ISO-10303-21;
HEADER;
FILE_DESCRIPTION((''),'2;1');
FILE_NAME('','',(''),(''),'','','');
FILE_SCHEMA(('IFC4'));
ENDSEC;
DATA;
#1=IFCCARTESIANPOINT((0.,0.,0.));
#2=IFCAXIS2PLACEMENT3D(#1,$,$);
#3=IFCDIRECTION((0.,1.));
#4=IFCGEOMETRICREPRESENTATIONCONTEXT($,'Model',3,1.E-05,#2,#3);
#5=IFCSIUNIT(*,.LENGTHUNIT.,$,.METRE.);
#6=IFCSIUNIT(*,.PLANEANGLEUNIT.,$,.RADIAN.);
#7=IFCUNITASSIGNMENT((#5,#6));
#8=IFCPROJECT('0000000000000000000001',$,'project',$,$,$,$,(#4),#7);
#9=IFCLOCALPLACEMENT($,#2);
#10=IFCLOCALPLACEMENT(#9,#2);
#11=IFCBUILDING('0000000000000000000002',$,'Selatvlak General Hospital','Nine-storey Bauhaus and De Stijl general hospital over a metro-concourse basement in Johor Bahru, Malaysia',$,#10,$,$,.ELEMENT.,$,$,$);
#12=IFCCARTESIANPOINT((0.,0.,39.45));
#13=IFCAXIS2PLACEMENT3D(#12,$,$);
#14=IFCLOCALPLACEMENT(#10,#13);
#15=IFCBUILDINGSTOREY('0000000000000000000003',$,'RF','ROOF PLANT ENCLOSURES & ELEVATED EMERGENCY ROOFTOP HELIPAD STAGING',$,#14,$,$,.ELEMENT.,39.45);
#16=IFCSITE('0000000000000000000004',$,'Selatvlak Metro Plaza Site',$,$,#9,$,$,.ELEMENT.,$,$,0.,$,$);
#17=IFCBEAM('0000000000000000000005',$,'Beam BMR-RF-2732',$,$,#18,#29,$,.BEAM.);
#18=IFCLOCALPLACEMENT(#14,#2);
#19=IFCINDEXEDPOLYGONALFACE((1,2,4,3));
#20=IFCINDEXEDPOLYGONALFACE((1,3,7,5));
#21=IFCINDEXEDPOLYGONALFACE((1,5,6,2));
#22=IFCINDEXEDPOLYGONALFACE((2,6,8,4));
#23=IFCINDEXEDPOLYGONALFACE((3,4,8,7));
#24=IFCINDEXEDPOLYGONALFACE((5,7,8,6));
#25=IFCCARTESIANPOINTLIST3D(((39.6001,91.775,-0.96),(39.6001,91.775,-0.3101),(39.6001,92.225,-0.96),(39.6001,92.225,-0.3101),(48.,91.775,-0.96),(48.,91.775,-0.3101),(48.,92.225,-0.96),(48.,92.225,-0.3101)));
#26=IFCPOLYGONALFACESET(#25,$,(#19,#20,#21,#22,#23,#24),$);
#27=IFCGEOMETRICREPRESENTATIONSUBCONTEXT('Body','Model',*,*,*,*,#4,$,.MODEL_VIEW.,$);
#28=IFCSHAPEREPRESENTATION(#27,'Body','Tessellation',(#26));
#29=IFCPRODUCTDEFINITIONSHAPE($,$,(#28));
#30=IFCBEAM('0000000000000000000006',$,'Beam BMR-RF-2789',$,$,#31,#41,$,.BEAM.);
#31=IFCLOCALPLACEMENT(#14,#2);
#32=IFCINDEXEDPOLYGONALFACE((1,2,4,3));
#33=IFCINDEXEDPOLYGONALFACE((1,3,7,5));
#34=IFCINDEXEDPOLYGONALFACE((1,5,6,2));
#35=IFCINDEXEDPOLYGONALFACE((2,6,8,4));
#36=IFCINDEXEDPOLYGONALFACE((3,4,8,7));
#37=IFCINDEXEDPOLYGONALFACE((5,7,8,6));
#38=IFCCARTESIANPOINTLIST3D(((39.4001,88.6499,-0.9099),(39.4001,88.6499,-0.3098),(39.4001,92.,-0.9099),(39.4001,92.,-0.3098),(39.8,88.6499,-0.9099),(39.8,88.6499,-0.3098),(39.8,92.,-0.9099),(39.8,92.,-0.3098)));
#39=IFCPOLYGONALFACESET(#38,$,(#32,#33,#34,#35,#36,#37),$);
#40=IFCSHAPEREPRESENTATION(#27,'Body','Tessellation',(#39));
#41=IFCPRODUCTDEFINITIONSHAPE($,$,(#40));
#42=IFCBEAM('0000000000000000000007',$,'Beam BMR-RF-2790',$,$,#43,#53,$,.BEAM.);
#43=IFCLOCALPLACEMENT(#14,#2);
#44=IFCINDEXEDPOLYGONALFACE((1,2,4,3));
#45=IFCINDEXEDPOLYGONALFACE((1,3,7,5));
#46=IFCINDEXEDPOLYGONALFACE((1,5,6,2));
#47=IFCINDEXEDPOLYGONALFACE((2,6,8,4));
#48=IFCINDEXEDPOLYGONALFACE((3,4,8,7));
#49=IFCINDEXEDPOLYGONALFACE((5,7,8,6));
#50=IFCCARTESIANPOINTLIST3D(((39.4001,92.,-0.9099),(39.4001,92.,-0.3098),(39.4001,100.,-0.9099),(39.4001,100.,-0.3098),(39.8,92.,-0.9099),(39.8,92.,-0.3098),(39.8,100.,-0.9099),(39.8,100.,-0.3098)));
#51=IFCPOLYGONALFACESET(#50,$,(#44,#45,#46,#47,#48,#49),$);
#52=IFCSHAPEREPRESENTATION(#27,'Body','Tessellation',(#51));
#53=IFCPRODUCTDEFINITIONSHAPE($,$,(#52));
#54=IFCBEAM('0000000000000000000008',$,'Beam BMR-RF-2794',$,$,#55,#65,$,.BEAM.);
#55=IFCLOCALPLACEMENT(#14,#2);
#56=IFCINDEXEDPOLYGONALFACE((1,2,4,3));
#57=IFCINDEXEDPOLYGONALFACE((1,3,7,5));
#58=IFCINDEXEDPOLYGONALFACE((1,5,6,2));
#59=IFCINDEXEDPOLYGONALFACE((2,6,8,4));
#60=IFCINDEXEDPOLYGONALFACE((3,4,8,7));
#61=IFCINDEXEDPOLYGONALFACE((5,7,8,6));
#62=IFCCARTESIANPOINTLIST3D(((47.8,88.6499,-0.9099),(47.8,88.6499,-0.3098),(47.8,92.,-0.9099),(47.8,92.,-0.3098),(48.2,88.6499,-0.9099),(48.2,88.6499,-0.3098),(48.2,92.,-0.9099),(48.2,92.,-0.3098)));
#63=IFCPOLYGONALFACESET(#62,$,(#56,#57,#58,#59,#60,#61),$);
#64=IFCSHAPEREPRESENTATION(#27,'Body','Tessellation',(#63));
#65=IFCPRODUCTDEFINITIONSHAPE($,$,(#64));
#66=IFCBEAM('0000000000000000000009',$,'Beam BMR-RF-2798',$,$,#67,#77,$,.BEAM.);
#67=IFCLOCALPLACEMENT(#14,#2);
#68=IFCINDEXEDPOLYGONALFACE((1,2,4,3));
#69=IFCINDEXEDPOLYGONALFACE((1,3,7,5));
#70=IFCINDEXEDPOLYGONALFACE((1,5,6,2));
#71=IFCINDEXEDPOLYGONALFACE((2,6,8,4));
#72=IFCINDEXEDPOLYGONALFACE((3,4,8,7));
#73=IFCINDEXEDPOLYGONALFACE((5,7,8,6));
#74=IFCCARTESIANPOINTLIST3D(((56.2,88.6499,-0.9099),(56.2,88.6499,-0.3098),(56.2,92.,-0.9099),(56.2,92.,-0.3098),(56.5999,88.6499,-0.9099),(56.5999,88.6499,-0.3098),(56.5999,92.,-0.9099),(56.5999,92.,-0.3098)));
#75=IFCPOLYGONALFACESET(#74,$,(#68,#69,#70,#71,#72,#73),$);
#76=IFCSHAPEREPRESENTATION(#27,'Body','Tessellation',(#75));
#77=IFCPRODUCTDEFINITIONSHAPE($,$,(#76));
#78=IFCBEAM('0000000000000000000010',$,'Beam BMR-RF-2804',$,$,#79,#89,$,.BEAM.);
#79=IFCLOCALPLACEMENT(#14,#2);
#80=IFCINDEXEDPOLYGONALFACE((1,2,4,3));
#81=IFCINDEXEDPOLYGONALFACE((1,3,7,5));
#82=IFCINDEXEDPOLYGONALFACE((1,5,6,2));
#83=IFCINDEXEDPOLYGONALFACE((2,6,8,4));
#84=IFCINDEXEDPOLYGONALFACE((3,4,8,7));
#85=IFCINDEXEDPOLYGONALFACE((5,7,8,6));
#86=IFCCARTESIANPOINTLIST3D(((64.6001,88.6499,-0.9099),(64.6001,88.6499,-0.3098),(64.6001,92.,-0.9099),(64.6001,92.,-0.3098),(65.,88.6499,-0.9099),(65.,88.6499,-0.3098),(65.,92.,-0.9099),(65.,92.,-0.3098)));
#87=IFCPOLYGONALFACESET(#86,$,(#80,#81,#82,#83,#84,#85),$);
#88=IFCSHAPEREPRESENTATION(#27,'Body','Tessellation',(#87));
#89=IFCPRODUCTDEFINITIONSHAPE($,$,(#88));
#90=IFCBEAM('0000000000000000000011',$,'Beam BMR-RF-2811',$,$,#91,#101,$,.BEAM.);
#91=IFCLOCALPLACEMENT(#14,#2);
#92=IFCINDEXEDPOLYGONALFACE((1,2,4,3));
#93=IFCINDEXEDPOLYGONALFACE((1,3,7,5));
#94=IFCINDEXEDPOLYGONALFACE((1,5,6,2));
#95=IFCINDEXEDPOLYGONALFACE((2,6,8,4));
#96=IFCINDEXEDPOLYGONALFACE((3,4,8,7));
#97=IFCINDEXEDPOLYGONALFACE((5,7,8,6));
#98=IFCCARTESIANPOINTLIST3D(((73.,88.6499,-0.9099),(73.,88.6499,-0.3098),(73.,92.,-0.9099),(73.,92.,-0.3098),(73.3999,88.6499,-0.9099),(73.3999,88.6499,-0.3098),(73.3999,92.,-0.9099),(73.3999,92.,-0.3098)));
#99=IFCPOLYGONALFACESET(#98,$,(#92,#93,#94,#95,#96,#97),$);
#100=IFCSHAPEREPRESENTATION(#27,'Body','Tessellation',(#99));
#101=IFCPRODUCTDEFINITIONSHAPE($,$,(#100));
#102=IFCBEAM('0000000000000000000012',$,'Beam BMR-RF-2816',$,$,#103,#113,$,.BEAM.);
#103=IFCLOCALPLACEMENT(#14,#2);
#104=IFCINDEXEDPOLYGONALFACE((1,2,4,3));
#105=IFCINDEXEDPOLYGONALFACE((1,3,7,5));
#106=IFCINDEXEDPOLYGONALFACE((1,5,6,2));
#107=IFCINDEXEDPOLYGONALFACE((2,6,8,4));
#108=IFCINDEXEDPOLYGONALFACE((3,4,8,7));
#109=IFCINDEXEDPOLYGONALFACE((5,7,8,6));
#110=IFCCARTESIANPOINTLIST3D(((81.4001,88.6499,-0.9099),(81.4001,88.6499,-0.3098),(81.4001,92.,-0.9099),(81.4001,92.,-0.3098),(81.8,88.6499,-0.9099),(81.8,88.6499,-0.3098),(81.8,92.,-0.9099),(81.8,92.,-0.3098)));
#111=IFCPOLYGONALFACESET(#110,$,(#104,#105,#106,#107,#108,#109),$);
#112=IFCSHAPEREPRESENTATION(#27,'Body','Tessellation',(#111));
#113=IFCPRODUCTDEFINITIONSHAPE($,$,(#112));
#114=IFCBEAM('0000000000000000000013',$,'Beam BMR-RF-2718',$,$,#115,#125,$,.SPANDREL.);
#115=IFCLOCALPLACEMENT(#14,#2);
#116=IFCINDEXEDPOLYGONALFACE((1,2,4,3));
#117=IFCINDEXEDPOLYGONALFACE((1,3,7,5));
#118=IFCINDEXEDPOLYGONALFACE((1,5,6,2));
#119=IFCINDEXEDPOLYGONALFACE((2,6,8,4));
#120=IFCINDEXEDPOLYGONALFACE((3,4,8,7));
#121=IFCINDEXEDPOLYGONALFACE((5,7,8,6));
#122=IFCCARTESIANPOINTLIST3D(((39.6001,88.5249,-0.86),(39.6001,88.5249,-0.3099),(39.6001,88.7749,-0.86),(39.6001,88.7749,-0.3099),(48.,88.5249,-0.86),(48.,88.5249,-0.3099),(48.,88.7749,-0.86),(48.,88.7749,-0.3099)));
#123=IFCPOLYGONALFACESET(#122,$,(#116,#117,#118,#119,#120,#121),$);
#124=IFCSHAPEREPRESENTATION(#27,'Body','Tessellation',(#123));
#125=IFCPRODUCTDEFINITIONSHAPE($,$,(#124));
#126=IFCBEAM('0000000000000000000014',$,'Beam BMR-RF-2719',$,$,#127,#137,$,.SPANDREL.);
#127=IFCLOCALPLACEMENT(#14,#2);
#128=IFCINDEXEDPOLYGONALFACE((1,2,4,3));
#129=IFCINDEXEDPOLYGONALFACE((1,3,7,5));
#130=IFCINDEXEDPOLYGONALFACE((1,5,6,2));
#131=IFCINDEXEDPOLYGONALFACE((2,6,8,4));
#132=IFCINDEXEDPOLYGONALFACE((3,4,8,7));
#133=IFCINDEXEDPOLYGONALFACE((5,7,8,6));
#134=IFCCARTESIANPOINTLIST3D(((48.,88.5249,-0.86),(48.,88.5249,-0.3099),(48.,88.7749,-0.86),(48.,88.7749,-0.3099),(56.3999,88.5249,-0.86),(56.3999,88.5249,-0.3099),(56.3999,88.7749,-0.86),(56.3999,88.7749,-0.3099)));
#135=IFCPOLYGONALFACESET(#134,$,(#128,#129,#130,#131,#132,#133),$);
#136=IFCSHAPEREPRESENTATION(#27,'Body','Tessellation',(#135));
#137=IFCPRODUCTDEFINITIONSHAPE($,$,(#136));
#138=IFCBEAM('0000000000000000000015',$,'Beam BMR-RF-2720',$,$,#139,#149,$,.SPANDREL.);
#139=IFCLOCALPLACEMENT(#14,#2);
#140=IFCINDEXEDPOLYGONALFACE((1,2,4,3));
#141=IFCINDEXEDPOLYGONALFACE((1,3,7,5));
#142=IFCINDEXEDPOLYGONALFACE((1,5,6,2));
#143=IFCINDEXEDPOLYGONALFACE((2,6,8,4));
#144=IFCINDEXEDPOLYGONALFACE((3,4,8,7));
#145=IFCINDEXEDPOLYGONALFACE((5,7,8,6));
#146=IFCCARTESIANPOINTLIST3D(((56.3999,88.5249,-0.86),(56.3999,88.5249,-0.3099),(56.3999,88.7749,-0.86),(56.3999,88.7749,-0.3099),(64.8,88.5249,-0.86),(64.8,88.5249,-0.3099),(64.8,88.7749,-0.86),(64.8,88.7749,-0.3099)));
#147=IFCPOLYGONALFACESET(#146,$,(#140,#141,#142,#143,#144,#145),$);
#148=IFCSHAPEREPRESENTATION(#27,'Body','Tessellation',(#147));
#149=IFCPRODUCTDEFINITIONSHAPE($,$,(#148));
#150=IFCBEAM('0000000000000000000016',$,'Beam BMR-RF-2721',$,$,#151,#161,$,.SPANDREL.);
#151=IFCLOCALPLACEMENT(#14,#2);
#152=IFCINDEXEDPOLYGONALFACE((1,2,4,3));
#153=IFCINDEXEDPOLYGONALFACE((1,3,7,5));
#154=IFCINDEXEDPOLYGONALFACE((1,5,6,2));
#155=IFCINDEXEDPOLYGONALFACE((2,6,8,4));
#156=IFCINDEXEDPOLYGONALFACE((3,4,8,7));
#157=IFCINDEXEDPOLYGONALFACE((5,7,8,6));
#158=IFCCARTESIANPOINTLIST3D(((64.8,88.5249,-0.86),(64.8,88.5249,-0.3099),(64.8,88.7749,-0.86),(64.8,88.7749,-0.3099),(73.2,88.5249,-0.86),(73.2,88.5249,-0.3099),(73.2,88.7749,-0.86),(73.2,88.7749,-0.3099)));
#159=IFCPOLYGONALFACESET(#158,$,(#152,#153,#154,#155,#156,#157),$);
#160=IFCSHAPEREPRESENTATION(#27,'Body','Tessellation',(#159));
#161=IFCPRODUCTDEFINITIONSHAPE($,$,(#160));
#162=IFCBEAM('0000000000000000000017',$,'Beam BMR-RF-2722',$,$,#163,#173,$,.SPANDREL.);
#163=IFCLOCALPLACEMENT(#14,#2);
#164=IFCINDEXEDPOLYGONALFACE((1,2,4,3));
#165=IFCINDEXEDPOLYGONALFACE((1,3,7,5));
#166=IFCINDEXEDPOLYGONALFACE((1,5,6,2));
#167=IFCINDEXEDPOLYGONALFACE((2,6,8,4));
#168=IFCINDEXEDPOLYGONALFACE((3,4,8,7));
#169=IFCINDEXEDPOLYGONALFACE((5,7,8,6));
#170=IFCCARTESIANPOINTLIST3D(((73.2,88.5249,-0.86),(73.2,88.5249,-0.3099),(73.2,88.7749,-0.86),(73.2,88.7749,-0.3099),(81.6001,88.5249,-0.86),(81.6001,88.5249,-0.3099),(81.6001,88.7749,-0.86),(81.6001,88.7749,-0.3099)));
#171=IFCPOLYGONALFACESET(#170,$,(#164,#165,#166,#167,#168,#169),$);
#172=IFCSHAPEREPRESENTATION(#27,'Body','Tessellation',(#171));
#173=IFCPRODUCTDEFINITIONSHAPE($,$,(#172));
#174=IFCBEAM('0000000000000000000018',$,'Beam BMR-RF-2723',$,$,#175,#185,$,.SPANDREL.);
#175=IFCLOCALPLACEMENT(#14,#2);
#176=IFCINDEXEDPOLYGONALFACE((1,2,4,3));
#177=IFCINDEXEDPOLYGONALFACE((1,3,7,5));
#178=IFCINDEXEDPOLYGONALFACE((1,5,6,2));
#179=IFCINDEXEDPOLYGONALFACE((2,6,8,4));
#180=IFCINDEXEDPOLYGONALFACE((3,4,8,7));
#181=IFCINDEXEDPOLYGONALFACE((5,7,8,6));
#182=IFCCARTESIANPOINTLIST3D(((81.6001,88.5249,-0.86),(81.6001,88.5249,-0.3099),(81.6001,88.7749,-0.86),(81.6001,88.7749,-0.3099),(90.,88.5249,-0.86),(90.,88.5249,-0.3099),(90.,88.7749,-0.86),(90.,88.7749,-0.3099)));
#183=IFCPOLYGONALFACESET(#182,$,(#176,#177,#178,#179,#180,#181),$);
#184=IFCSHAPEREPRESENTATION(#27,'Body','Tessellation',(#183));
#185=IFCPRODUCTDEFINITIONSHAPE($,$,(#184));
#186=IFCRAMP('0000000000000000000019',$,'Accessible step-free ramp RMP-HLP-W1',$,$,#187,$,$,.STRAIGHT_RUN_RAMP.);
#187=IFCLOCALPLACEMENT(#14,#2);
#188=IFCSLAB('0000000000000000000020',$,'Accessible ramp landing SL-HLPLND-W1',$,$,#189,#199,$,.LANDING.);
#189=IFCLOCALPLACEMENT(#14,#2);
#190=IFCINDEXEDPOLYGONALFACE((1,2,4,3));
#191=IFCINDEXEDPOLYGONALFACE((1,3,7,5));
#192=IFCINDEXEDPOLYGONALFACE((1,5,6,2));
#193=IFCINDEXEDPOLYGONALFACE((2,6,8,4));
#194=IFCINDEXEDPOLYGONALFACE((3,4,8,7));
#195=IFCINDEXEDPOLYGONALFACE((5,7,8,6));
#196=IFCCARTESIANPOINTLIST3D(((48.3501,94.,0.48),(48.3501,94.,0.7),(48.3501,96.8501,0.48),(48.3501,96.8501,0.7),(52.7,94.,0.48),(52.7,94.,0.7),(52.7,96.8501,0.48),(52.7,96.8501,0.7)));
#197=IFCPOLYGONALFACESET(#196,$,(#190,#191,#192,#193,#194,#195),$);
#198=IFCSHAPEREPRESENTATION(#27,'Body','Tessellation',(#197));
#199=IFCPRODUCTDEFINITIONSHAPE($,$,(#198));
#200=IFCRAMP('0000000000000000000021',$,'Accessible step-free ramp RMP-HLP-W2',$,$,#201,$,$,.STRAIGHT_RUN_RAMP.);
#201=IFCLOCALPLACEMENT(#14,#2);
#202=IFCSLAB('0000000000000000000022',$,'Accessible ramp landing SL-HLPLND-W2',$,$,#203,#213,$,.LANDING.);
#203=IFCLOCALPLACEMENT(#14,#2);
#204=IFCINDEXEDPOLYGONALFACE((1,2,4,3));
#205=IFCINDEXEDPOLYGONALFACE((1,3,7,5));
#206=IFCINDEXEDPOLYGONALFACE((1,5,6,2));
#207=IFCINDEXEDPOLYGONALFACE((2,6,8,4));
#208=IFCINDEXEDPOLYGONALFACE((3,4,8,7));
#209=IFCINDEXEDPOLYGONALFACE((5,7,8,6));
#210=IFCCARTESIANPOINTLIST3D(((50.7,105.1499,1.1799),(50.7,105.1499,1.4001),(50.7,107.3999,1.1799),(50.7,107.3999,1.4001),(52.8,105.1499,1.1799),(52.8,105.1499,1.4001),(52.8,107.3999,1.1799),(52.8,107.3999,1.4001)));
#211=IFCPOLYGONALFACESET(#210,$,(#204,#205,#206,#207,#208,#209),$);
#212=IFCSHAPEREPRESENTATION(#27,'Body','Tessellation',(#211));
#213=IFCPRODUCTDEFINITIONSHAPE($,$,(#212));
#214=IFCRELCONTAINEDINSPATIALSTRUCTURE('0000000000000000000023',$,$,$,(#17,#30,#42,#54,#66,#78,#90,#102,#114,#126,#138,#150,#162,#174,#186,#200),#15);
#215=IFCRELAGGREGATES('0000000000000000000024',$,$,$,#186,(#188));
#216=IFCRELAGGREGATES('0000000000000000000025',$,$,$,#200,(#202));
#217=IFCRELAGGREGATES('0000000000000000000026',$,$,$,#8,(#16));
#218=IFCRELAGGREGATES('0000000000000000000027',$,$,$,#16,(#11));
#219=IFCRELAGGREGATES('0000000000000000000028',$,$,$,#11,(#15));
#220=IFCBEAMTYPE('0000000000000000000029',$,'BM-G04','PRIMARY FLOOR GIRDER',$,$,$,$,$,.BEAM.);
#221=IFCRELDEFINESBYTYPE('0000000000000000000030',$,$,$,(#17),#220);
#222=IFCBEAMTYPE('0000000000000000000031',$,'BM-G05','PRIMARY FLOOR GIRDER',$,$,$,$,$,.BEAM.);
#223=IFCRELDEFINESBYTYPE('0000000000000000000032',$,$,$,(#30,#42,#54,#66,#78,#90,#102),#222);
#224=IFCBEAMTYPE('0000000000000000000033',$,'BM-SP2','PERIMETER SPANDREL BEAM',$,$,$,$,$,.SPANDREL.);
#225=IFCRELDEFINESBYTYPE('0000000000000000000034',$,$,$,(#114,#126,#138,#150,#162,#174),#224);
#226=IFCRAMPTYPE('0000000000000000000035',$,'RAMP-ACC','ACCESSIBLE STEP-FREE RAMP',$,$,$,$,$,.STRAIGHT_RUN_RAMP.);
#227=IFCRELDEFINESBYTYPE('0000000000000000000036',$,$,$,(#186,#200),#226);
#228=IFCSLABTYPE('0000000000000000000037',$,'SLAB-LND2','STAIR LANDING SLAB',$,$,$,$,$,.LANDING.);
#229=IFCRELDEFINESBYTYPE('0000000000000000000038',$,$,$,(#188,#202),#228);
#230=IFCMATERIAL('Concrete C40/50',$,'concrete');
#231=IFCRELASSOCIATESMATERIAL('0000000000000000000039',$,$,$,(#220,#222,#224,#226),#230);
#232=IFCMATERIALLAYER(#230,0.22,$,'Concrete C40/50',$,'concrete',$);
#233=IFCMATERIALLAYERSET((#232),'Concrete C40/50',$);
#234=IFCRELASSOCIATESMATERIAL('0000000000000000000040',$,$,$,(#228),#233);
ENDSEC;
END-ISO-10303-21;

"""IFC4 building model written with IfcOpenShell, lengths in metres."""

from ifc_helpers import new_model, si_unit, direction, frame, origin, origin_2d, place, context, subcontext, project, spatial, polyline, rectangle, outline, extrude, material, layer, layer_set, material_profile, profile_set, type_object, element, aggregate, save


model = new_model("IFC4")

# Units and contexts
model_context = context("Model", 3, precision=1e-05, world=origin(), true_north=direction((0.0, 1.0)))
body_context = subcontext(model_context, "Body", "Model", "MODEL_VIEW")
ifc_project = project(units=[si_unit("LENGTHUNIT", "METRE"), si_unit("PLANEANGLEUNIT", "RADIAN")], contexts=[model_context])

# Site, building, storey
site_placement = place(None, origin())
site = spatial("IfcSite", under=ifc_project, at=site_placement, Name="Selatvlak Metro Plaza Site", CompositionType="ELEMENT", RefElevation=0.0)
building_placement = place(site_placement, origin())
building = spatial("IfcBuilding", under=site, at=building_placement, Name="Selatvlak General Hospital", Description="Nine-storey Bauhaus and De Stijl general hospital over a metro-concourse basement in Johor Bahru, Malaysia", CompositionType="ELEMENT")
storey_placement = place(building_placement, frame((0.0, 0.0, 39.45)))
storey = spatial("IfcBuildingStorey", under=building, at=storey_placement, Name="RF", Description="ROOF PLANT ENCLOSURES & ELEVATED EMERGENCY ROOFTOP HELIPAD STAGING", CompositionType="ELEMENT", Elevation=39.45)

# Beams
ifc_material_1 = material(Name="Concrete C40/50", Category="concrete")
ifc_material_profile_1 = material_profile(ifc_material_1, rectangle(XDim=0.45, YDim=0.6499, at=origin_2d()), Name="RC-BM 450x650")
ifc_profile_set_1 = profile_set([ifc_material_profile_1], Name="Concrete C40/50")
beam_type_1 = type_object("IfcBeamType", Name="BM-G04", Description="PRIMARY FLOOR GIRDER", PredefinedType="BEAM", material=ifc_profile_set_1)
beam_1_placement = place(storey_placement, frame((39.6001, 92.0, -0.635), z_axis=(1.0, 0.0, 0.0), x_axis=(0.0, 1.0, 0.0)))
element("IfcBeam", 1, at=beam_1_placement, inside=storey, type_object=beam_type_1, Name="Beam BMR-RF-2732", PredefinedType="BEAM", context=body_context, shape_type="SweptSolid", body=[
    extrude(rectangle(XDim=0.45, YDim=0.6499, at=origin_2d()), origin(), (0.0, 0.0, 1.0), 8.3999),
])
ifc_material_profile_2 = material_profile(ifc_material_1, rectangle(XDim=0.3999, YDim=0.6001, at=origin_2d()), Name="RC-BM 400x600")
ifc_profile_set_2 = profile_set([ifc_material_profile_2], Name="Concrete C40/50")
beam_type_2 = type_object("IfcBeamType", Name="BM-G05", Description="PRIMARY FLOOR GIRDER", PredefinedType="BEAM", material=ifc_profile_set_2)
beam_2_placement = place(storey_placement, frame((39.6001, 88.6499, -0.6099), z_axis=(0.0, 1.0, 0.0), x_axis=(-1.0, 0.0, 0.0)))
element("IfcBeam", 2, at=beam_2_placement, inside=storey, type_object=beam_type_2, Name="Beam BMR-RF-2789", PredefinedType="BEAM", context=body_context, shape_type="SweptSolid", body=[
    extrude(rectangle(XDim=0.3999, YDim=0.6001, at=origin_2d()), origin(), (0.0, 0.0, 1.0), 3.3501),
])
beam_3_placement = place(storey_placement, frame((39.6001, 92.0, -0.6099), z_axis=(0.0, 1.0, 0.0), x_axis=(-1.0, 0.0, 0.0)))
element("IfcBeam", 3, at=beam_3_placement, inside=storey, type_object=beam_type_2, Name="Beam BMR-RF-2790", PredefinedType="BEAM", context=body_context, shape_type="SweptSolid", body=[
    extrude(rectangle(XDim=0.3999, YDim=0.6001, at=origin_2d()), origin(), (0.0, 0.0, 1.0), 8.0),
])
for number, where, z_axis, x_axis, name in (
    (4, (48.0, 88.6499, -0.6099), (0.0, 1.0, 0.0), (-1.0, 0.0, 0.0), "Beam BMR-RF-2794"),
    (5, (56.3999, 88.6499, -0.6099), (0.0, 1.0, 0.0), (-1.0, 0.0, 0.0), "Beam BMR-RF-2798"),
    (6, (64.8, 88.6499, -0.6099), (0.0, 1.0, 0.0), (-1.0, 0.0, 0.0), "Beam BMR-RF-2804"),
    (7, (73.2, 88.6499, -0.6099), (0.0, 1.0, 0.0), (-1.0, 0.0, 0.0), "Beam BMR-RF-2811"),
    (8, (81.6001, 88.6499, -0.6099), (0.0, 1.0, 0.0), (-1.0, 0.0, 0.0), "Beam BMR-RF-2816"),
):
    element("IfcBeam", number, at=place(storey_placement, frame(where, z_axis=z_axis, x_axis=x_axis)), inside=storey, type_object=beam_type_2, Name=name, PredefinedType="BEAM", context=body_context, shape_type="SweptSolid", body=[
        extrude(rectangle(XDim=0.3999, YDim=0.6001, at=origin_2d()), origin(), (0.0, 0.0, 1.0), 3.3501),
    ])
ifc_material_profile_3 = material_profile(ifc_material_1, rectangle(XDim=0.25, YDim=0.55, at=origin_2d()), Name="RC-SP 250x550")
ifc_profile_set_3 = profile_set([ifc_material_profile_3], Name="Concrete C40/50")
beam_type_3 = type_object("IfcBeamType", Name="BM-SP2", Description="PERIMETER SPANDREL BEAM", PredefinedType="SPANDREL", material=ifc_profile_set_3)
for number, where, z_axis, x_axis, name in (
    (9, (39.6001, 88.6499, -0.585), (1.0, 0.0, 0.0), (0.0, 1.0, 0.0), "Beam BMR-RF-2718"),
    (10, (48.0, 88.6499, -0.585), (1.0, 0.0, 0.0), (0.0, 1.0, 0.0), "Beam BMR-RF-2719"),
):
    element("IfcBeam", number, at=place(storey_placement, frame(where, z_axis=z_axis, x_axis=x_axis)), inside=storey, type_object=beam_type_3, Name=name, PredefinedType="SPANDREL", context=body_context, shape_type="SweptSolid", body=[
        extrude(rectangle(XDim=0.25, YDim=0.55, at=origin_2d()), origin(), (0.0, 0.0, 1.0), 8.3999),
    ])
beam_4_placement = place(storey_placement, frame((56.3999, 88.6499, -0.585), z_axis=(1.0, 0.0, 0.0), x_axis=(0.0, 1.0, 0.0)))
element("IfcBeam", 11, at=beam_4_placement, inside=storey, type_object=beam_type_3, Name="Beam BMR-RF-2720", PredefinedType="SPANDREL", context=body_context, shape_type="SweptSolid", body=[
    extrude(rectangle(XDim=0.25, YDim=0.55, at=origin_2d()), origin(), (0.0, 0.0, 1.0), 8.4001),
])
beam_5_placement = place(storey_placement, frame((64.8, 88.6499, -0.585), z_axis=(1.0, 0.0, 0.0), x_axis=(0.0, 1.0, 0.0)))
element("IfcBeam", 12, at=beam_5_placement, inside=storey, type_object=beam_type_3, Name="Beam BMR-RF-2721", PredefinedType="SPANDREL", context=body_context, shape_type="SweptSolid", body=[
    extrude(rectangle(XDim=0.25, YDim=0.55, at=origin_2d()), origin(), (0.0, 0.0, 1.0), 8.3999),
])
beam_6_placement = place(storey_placement, frame((73.2, 88.6499, -0.585), z_axis=(1.0, 0.0, 0.0), x_axis=(0.0, 1.0, 0.0)))
element("IfcBeam", 13, at=beam_6_placement, inside=storey, type_object=beam_type_3, Name="Beam BMR-RF-2722", PredefinedType="SPANDREL", context=body_context, shape_type="SweptSolid", body=[
    extrude(rectangle(XDim=0.25, YDim=0.55, at=origin_2d()), origin(), (0.0, 0.0, 1.0), 8.4001),
])
beam_7_placement = place(storey_placement, frame((81.6001, 88.6499, -0.585), z_axis=(1.0, 0.0, 0.0), x_axis=(0.0, 1.0, 0.0)))
element("IfcBeam", 14, at=beam_7_placement, inside=storey, type_object=beam_type_3, Name="Beam BMR-RF-2723", PredefinedType="SPANDREL", context=body_context, shape_type="SweptSolid", body=[
    extrude(rectangle(XDim=0.25, YDim=0.55, at=origin_2d()), origin(), (0.0, 0.0, 1.0), 8.3999),
])

# Ramps, slabs
ramp_type = type_object("IfcRampType", Name="RAMP-ACC", Description="ACCESSIBLE STEP-FREE RAMP", PredefinedType="STRAIGHT_RUN_RAMP", material=ifc_material_1)
ramp_1_placement = place(storey_placement, origin())
ramp_1 = element("IfcRamp", 15, at=ramp_1_placement, inside=storey, type_object=ramp_type, Name="Accessible step-free ramp RMP-HLP-W1", PredefinedType="STRAIGHT_RUN_RAMP")
ifc_layer_1 = layer(ifc_material_1, 0.22, Name="Concrete C40/50", Category="concrete")
ifc_layer_set_1 = layer_set([ifc_layer_1], Name="Concrete C40/50")
slab_type_1 = type_object("IfcSlabType", Name="SLAB-LND2", Description="STAIR LANDING SLAB", PredefinedType="LANDING", material=ifc_layer_set_1)
slab_1_placement = place(storey_placement, frame((0.0, 0.0, 0.48)))
slab_1 = element("IfcSlab", 16, at=slab_1_placement, type_object=slab_type_1, Name="Accessible ramp landing SL-HLPLND-W1", PredefinedType="LANDING", context=body_context, shape_type="SweptSolid", body=[
    extrude(outline(polyline([(48.3501, 94.0), (52.7, 94.0), (52.7, 96.8501), (48.3501, 96.8501), (48.3501, 94.0)])), origin(), (0.0, 0.0, 1.0), 0.22),
])
aggregate(ramp_1, [slab_1])
ramp_2_placement = place(storey_placement, origin())
ramp_2 = element("IfcRamp", 17, at=ramp_2_placement, inside=storey, type_object=ramp_type, Name="Accessible step-free ramp RMP-HLP-W2", PredefinedType="STRAIGHT_RUN_RAMP")
slab_2_placement = place(storey_placement, frame((0.0, 0.0, 1.1799)))
slab_2 = element("IfcSlab", 18, at=slab_2_placement, type_object=slab_type_1, Name="Accessible ramp landing SL-HLPLND-W2", PredefinedType="LANDING", context=body_context, shape_type="SweptSolid", body=[
    extrude(outline(polyline([(50.7, 105.1499), (52.8, 105.1499), (52.8, 107.3999), (50.7, 107.3999), (50.7, 105.1499)])), origin(), (0.0, 0.0, 1.0), 0.2202),
])
aggregate(ramp_2, [slab_2])

save(model, "model.ifc")
